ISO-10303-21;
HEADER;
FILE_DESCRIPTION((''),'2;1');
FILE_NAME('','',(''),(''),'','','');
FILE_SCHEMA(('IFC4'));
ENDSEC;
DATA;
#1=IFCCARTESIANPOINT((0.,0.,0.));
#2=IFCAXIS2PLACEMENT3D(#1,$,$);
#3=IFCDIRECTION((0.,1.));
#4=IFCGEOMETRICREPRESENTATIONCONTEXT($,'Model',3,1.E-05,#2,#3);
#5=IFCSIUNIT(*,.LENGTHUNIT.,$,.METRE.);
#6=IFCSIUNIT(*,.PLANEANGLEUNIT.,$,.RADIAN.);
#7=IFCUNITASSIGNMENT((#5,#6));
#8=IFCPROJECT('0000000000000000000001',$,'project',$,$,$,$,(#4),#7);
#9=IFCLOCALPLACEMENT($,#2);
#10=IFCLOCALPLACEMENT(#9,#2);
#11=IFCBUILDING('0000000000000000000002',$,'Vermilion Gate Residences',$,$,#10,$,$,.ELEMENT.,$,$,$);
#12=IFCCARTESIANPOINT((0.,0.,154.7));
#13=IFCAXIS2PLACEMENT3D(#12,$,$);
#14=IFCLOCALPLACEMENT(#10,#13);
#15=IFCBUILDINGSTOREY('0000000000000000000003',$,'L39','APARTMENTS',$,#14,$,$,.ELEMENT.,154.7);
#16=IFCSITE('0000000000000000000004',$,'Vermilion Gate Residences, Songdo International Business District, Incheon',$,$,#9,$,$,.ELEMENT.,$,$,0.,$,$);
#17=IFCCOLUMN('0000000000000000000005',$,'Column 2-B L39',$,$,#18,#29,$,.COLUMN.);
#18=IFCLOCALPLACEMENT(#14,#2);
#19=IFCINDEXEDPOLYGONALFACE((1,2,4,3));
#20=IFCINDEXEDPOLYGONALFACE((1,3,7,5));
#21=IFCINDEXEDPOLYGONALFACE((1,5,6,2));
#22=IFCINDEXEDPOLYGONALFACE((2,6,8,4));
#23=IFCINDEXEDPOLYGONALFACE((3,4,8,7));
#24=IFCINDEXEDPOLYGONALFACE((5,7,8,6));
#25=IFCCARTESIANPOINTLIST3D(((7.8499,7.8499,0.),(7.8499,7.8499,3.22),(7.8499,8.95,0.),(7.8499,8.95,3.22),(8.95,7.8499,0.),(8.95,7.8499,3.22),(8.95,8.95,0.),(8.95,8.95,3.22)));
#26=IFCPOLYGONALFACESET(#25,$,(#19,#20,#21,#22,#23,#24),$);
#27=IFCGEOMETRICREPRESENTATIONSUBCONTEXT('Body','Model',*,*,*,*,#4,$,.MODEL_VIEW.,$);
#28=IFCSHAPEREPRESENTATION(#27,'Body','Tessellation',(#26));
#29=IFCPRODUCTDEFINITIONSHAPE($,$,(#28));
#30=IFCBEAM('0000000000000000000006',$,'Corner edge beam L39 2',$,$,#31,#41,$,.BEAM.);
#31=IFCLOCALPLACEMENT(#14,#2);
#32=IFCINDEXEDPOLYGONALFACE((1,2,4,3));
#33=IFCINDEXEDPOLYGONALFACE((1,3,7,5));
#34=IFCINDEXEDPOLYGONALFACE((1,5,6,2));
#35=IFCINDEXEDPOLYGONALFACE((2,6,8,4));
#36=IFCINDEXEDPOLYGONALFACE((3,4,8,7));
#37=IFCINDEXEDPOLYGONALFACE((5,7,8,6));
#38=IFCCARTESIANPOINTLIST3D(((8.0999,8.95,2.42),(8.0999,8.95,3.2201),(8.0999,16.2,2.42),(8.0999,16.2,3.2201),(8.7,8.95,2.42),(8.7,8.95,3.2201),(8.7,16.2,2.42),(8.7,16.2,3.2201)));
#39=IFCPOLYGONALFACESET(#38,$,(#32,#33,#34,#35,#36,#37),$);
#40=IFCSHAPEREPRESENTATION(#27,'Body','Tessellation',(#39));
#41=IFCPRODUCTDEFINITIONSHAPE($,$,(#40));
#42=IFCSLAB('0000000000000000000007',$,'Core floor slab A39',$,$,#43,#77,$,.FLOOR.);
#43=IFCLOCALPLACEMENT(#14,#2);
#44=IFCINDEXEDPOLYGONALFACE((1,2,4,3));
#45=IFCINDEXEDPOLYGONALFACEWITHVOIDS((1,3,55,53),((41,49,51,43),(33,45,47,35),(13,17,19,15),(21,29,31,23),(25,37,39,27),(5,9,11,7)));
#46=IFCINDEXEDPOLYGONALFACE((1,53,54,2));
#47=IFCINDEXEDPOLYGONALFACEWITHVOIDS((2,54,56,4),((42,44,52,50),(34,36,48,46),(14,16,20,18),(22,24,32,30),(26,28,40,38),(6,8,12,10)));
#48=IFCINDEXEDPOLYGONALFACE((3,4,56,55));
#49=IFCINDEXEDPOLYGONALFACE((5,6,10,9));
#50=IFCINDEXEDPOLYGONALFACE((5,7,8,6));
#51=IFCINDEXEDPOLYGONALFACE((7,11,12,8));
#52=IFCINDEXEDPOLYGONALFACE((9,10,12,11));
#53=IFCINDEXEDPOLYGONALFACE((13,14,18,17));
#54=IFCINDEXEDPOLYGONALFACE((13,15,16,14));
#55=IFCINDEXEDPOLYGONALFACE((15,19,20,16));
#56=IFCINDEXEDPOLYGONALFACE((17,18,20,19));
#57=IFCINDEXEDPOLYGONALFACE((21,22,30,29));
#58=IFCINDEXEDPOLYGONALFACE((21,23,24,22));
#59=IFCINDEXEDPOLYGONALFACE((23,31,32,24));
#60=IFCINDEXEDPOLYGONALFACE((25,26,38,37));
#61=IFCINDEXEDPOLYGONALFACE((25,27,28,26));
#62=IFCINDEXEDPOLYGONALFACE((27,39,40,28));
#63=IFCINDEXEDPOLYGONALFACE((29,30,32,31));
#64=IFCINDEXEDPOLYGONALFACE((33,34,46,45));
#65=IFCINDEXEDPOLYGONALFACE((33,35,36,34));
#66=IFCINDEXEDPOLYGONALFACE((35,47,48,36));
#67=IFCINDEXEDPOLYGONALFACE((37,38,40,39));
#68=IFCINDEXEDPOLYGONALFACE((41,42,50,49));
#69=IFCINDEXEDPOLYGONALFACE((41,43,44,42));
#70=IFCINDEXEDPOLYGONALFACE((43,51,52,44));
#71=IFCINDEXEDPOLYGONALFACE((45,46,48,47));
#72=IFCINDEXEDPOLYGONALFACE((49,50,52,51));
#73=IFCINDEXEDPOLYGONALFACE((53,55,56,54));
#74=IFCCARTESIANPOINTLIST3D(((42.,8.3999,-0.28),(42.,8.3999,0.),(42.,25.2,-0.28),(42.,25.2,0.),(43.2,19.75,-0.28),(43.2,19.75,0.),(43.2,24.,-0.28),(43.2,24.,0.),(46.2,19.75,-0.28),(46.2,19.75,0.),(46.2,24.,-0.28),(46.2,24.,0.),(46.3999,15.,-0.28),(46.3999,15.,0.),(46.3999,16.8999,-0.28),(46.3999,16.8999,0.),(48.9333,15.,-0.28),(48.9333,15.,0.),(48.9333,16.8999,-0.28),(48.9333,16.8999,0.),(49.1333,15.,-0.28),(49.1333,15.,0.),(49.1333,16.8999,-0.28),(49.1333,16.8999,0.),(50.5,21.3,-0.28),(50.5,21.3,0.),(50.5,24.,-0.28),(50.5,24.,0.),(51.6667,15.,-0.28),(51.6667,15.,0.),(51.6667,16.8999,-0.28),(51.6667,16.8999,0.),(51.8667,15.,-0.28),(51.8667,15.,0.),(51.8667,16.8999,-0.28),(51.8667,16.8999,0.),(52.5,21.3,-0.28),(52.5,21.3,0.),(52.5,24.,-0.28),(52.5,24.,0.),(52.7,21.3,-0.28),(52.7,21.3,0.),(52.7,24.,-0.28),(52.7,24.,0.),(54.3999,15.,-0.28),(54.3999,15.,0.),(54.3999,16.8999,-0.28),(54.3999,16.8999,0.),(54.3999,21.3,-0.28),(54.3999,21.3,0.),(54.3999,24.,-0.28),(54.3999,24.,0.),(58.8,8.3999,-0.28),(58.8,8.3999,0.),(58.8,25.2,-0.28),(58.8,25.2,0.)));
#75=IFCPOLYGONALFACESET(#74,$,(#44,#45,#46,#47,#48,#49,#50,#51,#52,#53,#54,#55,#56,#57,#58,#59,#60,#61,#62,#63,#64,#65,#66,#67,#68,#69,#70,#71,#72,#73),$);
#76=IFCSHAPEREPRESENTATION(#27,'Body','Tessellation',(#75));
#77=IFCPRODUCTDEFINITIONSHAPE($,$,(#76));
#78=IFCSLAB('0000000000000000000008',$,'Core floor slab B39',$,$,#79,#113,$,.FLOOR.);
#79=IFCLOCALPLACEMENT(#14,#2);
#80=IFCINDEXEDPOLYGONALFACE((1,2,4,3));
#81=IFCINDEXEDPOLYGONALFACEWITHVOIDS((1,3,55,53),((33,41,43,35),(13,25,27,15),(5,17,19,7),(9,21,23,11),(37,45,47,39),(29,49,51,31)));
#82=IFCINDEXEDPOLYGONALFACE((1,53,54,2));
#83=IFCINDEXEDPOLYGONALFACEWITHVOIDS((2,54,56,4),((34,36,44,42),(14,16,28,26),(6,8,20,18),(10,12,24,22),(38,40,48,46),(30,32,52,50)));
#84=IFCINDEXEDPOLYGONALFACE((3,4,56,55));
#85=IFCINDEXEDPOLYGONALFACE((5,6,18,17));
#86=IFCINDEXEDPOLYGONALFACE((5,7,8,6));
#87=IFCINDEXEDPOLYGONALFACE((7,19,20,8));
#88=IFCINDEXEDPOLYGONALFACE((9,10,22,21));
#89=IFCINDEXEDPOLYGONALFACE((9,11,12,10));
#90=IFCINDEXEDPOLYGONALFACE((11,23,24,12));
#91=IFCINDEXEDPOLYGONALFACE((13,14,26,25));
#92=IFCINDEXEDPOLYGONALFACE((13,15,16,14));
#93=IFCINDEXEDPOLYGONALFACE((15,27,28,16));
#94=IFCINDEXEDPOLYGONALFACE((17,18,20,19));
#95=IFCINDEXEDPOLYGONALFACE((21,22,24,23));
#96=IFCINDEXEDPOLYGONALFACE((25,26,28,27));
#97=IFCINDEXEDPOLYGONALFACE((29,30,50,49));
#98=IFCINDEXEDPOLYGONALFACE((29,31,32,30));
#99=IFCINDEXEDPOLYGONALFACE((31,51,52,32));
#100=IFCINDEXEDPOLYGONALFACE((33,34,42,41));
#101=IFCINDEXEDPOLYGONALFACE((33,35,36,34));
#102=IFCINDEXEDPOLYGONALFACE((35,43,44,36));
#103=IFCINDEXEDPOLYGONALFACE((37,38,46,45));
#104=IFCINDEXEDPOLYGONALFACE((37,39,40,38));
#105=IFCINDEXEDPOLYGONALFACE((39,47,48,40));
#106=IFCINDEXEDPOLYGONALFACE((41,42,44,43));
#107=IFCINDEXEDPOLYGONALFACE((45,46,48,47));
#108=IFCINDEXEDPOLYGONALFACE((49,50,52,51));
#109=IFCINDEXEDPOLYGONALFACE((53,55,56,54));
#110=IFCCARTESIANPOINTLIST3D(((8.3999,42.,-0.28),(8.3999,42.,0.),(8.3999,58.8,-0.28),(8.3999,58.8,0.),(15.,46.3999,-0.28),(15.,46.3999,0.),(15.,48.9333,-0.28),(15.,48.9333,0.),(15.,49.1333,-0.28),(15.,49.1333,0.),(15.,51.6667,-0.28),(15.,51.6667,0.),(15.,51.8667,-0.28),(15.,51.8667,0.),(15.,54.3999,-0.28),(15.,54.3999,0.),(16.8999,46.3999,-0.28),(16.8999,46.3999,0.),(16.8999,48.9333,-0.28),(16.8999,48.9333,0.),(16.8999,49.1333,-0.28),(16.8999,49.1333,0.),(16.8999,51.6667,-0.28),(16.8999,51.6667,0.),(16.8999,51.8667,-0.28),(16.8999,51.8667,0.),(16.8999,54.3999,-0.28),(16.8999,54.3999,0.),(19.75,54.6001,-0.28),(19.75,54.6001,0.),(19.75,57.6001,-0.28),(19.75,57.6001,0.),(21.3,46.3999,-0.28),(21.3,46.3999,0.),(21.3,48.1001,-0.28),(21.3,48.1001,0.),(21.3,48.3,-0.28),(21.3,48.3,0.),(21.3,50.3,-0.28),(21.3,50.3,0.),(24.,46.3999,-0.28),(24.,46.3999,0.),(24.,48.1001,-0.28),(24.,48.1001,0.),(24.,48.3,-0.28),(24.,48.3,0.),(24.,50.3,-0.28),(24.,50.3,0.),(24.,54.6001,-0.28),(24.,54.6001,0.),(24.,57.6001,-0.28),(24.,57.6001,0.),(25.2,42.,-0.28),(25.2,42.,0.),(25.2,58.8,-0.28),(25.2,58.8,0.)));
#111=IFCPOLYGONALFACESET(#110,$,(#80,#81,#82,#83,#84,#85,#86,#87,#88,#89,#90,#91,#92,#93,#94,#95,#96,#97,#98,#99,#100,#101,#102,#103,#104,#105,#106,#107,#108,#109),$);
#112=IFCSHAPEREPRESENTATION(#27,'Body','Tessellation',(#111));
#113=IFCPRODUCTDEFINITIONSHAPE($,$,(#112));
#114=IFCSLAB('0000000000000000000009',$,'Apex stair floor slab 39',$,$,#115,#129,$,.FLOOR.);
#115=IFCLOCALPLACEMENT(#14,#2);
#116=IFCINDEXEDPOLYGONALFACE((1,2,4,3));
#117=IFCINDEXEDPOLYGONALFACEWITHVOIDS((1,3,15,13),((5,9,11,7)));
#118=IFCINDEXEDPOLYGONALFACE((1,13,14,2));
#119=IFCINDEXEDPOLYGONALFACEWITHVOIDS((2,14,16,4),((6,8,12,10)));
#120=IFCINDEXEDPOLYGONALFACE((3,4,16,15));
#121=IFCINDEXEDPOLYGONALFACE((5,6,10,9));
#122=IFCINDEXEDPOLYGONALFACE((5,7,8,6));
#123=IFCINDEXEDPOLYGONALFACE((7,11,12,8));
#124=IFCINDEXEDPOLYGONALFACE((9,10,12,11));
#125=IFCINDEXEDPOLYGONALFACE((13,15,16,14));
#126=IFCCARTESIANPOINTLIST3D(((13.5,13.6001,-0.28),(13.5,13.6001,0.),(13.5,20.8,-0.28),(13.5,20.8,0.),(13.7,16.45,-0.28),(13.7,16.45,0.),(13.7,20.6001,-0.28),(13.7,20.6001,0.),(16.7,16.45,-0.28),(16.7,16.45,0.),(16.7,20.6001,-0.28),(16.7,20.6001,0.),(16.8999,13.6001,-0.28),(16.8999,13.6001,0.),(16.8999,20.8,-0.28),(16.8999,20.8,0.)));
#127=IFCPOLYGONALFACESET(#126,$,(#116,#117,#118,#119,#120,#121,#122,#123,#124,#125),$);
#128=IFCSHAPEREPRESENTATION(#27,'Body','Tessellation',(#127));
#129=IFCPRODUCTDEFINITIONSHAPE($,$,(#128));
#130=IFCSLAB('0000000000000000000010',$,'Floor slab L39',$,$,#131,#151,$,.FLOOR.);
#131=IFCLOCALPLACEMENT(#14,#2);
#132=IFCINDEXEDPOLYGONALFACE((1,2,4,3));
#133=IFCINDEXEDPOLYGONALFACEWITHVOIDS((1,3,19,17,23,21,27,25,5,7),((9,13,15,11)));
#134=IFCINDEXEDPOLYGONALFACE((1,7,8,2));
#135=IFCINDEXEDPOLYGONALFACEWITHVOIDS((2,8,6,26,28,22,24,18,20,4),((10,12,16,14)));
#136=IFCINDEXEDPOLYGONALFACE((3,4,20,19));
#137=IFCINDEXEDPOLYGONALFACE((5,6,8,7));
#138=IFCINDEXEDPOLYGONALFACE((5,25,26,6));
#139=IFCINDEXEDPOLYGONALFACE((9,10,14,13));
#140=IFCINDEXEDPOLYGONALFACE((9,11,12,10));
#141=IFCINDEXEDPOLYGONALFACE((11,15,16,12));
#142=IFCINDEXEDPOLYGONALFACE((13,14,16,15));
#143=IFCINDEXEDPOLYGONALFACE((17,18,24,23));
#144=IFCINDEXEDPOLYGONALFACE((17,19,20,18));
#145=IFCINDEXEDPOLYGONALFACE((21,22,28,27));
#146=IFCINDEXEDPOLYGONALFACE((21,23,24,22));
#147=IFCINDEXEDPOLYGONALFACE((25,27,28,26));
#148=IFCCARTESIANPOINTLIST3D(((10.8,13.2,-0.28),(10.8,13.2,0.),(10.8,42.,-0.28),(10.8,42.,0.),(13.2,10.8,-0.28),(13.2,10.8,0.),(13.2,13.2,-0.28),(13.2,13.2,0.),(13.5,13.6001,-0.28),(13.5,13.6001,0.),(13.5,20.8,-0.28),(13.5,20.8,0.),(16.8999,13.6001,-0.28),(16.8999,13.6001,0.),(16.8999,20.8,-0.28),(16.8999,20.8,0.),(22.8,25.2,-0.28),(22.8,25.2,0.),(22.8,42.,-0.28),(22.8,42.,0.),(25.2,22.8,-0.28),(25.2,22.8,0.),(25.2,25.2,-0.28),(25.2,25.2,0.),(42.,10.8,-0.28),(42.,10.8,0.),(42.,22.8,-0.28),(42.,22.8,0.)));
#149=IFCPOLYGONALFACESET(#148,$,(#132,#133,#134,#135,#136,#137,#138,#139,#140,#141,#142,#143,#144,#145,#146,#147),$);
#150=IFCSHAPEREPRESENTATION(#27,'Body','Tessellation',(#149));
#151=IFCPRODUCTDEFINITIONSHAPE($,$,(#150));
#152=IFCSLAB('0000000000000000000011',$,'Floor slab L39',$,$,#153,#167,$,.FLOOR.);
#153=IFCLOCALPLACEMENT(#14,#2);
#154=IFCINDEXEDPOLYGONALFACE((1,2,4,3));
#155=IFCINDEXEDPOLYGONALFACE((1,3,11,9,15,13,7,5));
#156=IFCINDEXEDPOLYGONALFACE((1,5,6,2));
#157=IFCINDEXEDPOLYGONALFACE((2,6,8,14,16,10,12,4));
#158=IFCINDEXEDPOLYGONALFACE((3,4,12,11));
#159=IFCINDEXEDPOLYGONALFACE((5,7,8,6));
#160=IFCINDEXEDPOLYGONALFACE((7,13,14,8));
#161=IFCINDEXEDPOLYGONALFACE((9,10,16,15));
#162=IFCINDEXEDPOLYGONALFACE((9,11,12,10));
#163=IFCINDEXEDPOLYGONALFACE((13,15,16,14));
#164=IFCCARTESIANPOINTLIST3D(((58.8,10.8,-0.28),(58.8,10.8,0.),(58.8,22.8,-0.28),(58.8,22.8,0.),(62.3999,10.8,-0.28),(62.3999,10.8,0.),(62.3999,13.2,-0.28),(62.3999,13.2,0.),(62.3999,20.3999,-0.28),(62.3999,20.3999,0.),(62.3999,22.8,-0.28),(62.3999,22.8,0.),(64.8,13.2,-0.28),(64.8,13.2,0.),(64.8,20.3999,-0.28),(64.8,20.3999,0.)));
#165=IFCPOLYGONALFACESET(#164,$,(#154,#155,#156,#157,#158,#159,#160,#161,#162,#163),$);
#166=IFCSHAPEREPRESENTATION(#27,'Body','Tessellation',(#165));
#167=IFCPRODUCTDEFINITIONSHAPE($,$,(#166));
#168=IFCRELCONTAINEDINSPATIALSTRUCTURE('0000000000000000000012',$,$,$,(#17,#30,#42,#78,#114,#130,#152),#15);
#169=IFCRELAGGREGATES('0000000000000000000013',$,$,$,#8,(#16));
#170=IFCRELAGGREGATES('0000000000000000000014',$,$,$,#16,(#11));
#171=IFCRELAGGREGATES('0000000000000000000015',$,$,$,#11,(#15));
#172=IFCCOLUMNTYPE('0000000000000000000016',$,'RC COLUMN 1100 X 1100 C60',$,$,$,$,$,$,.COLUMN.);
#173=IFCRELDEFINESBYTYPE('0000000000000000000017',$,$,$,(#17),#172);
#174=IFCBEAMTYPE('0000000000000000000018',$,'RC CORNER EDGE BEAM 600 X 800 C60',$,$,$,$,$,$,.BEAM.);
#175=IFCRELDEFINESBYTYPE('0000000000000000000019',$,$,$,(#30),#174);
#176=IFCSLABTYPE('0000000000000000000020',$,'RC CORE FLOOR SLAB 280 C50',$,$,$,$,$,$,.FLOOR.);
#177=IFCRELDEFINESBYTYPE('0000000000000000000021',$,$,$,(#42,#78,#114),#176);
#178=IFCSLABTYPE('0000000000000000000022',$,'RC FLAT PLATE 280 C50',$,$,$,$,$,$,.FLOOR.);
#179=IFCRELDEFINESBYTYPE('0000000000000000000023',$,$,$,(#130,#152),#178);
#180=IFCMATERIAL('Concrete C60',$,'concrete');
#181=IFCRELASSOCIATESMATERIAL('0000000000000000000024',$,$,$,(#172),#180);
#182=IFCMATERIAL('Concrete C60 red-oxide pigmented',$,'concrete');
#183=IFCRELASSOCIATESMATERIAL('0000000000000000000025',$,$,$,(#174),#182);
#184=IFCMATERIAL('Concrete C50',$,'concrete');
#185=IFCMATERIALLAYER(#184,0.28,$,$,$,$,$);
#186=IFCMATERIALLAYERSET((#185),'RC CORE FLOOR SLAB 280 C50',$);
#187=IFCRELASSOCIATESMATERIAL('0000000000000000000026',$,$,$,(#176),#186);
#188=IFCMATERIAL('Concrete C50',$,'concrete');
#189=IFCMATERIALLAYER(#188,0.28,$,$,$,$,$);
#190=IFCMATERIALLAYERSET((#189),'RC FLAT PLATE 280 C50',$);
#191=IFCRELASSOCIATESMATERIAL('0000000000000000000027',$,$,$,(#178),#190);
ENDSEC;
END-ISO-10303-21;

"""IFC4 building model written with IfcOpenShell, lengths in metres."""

from ifc_helpers import new_model, si_unit, direction, frame, origin, origin_2d, place, context, subcontext, project, spatial, polyline, rectangle, outline, extrude, material, layer, layer_set, material_profile, profile_set, type_object, element, save


model = new_model("IFC4")

# Units and contexts
model_context = context("Model", 3, precision=1e-05, world=origin(), true_north=direction((0.0, 1.0)))
body_context = subcontext(model_context, "Body", "Model", "MODEL_VIEW")
ifc_project = project(units=[si_unit("LENGTHUNIT", "METRE"), si_unit("PLANEANGLEUNIT", "RADIAN")], contexts=[model_context])

# Site, building, storey
site_placement = place(None, origin())
site = spatial("IfcSite", under=ifc_project, at=site_placement, Name="Vermilion Gate Residences, Songdo International Business District, Incheon", CompositionType="ELEMENT", RefElevation=0.0)
building_placement = place(site_placement, origin())
building = spatial("IfcBuilding", under=site, at=building_placement, Name="Vermilion Gate Residences", CompositionType="ELEMENT")
storey_placement = place(building_placement, frame((0.0, 0.0, 154.7)))
storey = spatial("IfcBuildingStorey", under=building, at=storey_placement, Name="L39", Description="APARTMENTS", CompositionType="ELEMENT", Elevation=154.7)

# Column
ifc_material_1 = material(Name="Concrete C60", Category="concrete")
ifc_material_profile_1 = material_profile(ifc_material_1, rectangle(XDim=1.1001, YDim=1.1001, at=origin_2d()), Name="RC-1100x1100")
ifc_profile_set_1 = profile_set([ifc_material_profile_1], Name="Concrete C60")
column_type = type_object("IfcColumnType", Name="RC COLUMN 1100 X 1100 C60", PredefinedType="COLUMN", material=ifc_profile_set_1)
column_placement = place(storey_placement, frame((8.3999, 8.3999, 0.0), z_axis=(0.0, 0.0, 1.0), x_axis=(1.0, 0.0, 0.0)))
element("IfcColumn", 1, at=column_placement, inside=storey, type_object=column_type, Name="Column 2-B L39", PredefinedType="COLUMN", context=body_context, shape_type="SweptSolid", body=[
    extrude(rectangle(XDim=1.1001, YDim=1.1001, at=origin_2d()), origin(), (0.0, 0.0, 1.0), 3.22),
])

# Beam
ifc_material_2 = material(Name="Concrete C60 red-oxide pigmented", Category="concrete")
ifc_material_profile_2 = material_profile(ifc_material_2, rectangle(XDim=0.6001, YDim=0.8, at=origin_2d()), Name="RC-600x800")
ifc_profile_set_2 = profile_set([ifc_material_profile_2], Name="Concrete C60 red-oxide pigmented")
beam_type = type_object("IfcBeamType", Name="RC CORNER EDGE BEAM 600 X 800 C60", PredefinedType="BEAM", material=ifc_profile_set_2)
beam_placement = place(storey_placement, frame((8.3999, 8.95, 2.8201), z_axis=(0.0, 1.0, 0.0), x_axis=(-1.0, 0.0, 0.0)))
element("IfcBeam", 2, at=beam_placement, inside=storey, type_object=beam_type, Name="Corner edge beam L39 2", PredefinedType="BEAM", context=body_context, shape_type="SweptSolid", body=[
    extrude(rectangle(XDim=0.6001, YDim=0.8, at=origin_2d()), origin(), (0.0, 0.0, 1.0), 7.25),
])

# Slabs
ifc_material_3 = material(Name="Concrete C50", Category="concrete")
ifc_layer_1 = layer(ifc_material_3, 0.28)
ifc_layer_set_1 = layer_set([ifc_layer_1], Name="RC CORE FLOOR SLAB 280 C50")
slab_type_1 = type_object("IfcSlabType", Name="RC CORE FLOOR SLAB 280 C50", PredefinedType="FLOOR", material=ifc_layer_set_1)
slab_1_placement = place(storey_placement, frame((0.0, 0.0, -0.28)))
element("IfcSlab", 3, at=slab_1_placement, inside=storey, type_object=slab_type_1, Name="Core floor slab A39", PredefinedType="FLOOR", context=body_context, shape_type="SweptSolid", body=[
    extrude(outline(polyline([(42.0, 8.3999), (58.8, 8.3999), (58.8, 25.2), (42.0, 25.2), (42.0, 8.3999)]), holes=[polyline([(46.3999, 15.0), (46.3999, 16.8999), (48.9333, 16.8999), (48.9333, 15.0), (46.3999, 15.0)]), polyline([(49.1333, 16.8999), (51.6667, 16.8999), (51.6667, 15.0), (49.1333, 15.0), (49.1333, 16.8999)]), polyline([(51.8667, 16.8999), (54.3999, 16.8999), (54.3999, 15.0), (51.8667, 15.0), (51.8667, 16.8999)]), polyline([(43.2, 19.75), (43.2, 24.0), (46.2, 24.0), (46.2, 19.75), (43.2, 19.75)]), polyline([(50.5, 24.0), (52.5, 24.0), (52.5, 21.3), (50.5, 21.3), (50.5, 24.0)]), polyline([(52.7, 24.0), (54.3999, 24.0), (54.3999, 21.3), (52.7, 21.3), (52.7, 24.0)])]), origin(), (0.0, 0.0, 1.0), 0.28),
])
slab_2_placement = place(storey_placement, frame((0.0, 0.0, -0.28)))
element("IfcSlab", 4, at=slab_2_placement, inside=storey, type_object=slab_type_1, Name="Core floor slab B39", PredefinedType="FLOOR", context=body_context, shape_type="SweptSolid", body=[
    extrude(outline(polyline([(8.3999, 42.0), (25.2, 42.0), (25.2, 58.8), (8.3999, 58.8), (8.3999, 42.0)]), holes=[polyline([(21.3, 46.3999), (21.3, 48.1001), (24.0, 48.1001), (24.0, 46.3999), (21.3, 46.3999)]), polyline([(15.0, 48.9333), (16.8999, 48.9333), (16.8999, 46.3999), (15.0, 46.3999), (15.0, 48.9333)]), polyline([(21.3, 50.3), (24.0, 50.3), (24.0, 48.3), (21.3, 48.3), (21.3, 50.3)]), polyline([(15.0, 49.1333), (15.0, 51.6667), (16.8999, 51.6667), (16.8999, 49.1333), (15.0, 49.1333)]), polyline([(15.0, 54.3999), (16.8999, 54.3999), (16.8999, 51.8667), (15.0, 51.8667), (15.0, 54.3999)]), polyline([(19.75, 57.6001), (24.0, 57.6001), (24.0, 54.6001), (19.75, 54.6001), (19.75, 57.6001)])]), origin(), (0.0, 0.0, 1.0), 0.28),
])
slab_3_placement = place(storey_placement, frame((0.0, 0.0, -0.28)))
element("IfcSlab", 5, at=slab_3_placement, inside=storey, type_object=slab_type_1, Name="Apex stair floor slab 39", PredefinedType="FLOOR", context=body_context, shape_type="SweptSolid", body=[
    extrude(outline(polyline([(13.5, 13.6001), (16.8999, 13.6001), (16.8999, 20.8), (13.5, 20.8), (13.5, 13.6001)]), holes=[polyline([(16.7, 20.6001), (16.7, 16.45), (13.7, 16.45), (13.7, 20.6001), (16.7, 20.6001)])]), origin(), (0.0, 0.0, 1.0), 0.28),
])
ifc_material_4 = material(Name="Concrete C50", Category="concrete")
ifc_layer_2 = layer(ifc_material_4, 0.28)
ifc_layer_set_2 = layer_set([ifc_layer_2], Name="RC FLAT PLATE 280 C50")
slab_type_2 = type_object("IfcSlabType", Name="RC FLAT PLATE 280 C50", PredefinedType="FLOOR", material=ifc_layer_set_2)
slab_4_placement = place(storey_placement, frame((0.0, 0.0, -0.28)))
element("IfcSlab", 6, at=slab_4_placement, inside=storey, type_object=slab_type_2, Name="Floor slab L39", PredefinedType="FLOOR", context=body_context, shape_type="SweptSolid", body=[
    extrude(outline(polyline([(22.8, 25.2), (22.8, 42.0), (10.8, 42.0), (10.8, 13.2), (13.2, 13.2), (13.2, 10.8), (42.0, 10.8), (42.0, 22.8), (25.2, 22.8), (25.2, 25.2), (22.8, 25.2)]), holes=[polyline([(13.5, 13.6001), (13.5, 20.8), (16.8999, 20.8), (16.8999, 13.6001), (13.5, 13.6001)])]), origin(), (0.0, 0.0, 1.0), 0.28),
])
slab_5_placement = place(storey_placement, frame((0.0, 0.0, -0.28)))
element("IfcSlab", 7, at=slab_5_placement, inside=storey, type_object=slab_type_2, Name="Floor slab L39", PredefinedType="FLOOR", context=body_context, shape_type="SweptSolid", body=[
    extrude(outline(polyline([(58.8, 22.8), (58.8, 10.8), (62.3999, 10.8), (62.3999, 13.2), (64.8, 13.2), (64.8, 20.3999), (62.3999, 20.3999), (62.3999, 22.8), (58.8, 22.8)])), origin(), (0.0, 0.0, 1.0), 0.28),
])

save(model, "model.ifc")
